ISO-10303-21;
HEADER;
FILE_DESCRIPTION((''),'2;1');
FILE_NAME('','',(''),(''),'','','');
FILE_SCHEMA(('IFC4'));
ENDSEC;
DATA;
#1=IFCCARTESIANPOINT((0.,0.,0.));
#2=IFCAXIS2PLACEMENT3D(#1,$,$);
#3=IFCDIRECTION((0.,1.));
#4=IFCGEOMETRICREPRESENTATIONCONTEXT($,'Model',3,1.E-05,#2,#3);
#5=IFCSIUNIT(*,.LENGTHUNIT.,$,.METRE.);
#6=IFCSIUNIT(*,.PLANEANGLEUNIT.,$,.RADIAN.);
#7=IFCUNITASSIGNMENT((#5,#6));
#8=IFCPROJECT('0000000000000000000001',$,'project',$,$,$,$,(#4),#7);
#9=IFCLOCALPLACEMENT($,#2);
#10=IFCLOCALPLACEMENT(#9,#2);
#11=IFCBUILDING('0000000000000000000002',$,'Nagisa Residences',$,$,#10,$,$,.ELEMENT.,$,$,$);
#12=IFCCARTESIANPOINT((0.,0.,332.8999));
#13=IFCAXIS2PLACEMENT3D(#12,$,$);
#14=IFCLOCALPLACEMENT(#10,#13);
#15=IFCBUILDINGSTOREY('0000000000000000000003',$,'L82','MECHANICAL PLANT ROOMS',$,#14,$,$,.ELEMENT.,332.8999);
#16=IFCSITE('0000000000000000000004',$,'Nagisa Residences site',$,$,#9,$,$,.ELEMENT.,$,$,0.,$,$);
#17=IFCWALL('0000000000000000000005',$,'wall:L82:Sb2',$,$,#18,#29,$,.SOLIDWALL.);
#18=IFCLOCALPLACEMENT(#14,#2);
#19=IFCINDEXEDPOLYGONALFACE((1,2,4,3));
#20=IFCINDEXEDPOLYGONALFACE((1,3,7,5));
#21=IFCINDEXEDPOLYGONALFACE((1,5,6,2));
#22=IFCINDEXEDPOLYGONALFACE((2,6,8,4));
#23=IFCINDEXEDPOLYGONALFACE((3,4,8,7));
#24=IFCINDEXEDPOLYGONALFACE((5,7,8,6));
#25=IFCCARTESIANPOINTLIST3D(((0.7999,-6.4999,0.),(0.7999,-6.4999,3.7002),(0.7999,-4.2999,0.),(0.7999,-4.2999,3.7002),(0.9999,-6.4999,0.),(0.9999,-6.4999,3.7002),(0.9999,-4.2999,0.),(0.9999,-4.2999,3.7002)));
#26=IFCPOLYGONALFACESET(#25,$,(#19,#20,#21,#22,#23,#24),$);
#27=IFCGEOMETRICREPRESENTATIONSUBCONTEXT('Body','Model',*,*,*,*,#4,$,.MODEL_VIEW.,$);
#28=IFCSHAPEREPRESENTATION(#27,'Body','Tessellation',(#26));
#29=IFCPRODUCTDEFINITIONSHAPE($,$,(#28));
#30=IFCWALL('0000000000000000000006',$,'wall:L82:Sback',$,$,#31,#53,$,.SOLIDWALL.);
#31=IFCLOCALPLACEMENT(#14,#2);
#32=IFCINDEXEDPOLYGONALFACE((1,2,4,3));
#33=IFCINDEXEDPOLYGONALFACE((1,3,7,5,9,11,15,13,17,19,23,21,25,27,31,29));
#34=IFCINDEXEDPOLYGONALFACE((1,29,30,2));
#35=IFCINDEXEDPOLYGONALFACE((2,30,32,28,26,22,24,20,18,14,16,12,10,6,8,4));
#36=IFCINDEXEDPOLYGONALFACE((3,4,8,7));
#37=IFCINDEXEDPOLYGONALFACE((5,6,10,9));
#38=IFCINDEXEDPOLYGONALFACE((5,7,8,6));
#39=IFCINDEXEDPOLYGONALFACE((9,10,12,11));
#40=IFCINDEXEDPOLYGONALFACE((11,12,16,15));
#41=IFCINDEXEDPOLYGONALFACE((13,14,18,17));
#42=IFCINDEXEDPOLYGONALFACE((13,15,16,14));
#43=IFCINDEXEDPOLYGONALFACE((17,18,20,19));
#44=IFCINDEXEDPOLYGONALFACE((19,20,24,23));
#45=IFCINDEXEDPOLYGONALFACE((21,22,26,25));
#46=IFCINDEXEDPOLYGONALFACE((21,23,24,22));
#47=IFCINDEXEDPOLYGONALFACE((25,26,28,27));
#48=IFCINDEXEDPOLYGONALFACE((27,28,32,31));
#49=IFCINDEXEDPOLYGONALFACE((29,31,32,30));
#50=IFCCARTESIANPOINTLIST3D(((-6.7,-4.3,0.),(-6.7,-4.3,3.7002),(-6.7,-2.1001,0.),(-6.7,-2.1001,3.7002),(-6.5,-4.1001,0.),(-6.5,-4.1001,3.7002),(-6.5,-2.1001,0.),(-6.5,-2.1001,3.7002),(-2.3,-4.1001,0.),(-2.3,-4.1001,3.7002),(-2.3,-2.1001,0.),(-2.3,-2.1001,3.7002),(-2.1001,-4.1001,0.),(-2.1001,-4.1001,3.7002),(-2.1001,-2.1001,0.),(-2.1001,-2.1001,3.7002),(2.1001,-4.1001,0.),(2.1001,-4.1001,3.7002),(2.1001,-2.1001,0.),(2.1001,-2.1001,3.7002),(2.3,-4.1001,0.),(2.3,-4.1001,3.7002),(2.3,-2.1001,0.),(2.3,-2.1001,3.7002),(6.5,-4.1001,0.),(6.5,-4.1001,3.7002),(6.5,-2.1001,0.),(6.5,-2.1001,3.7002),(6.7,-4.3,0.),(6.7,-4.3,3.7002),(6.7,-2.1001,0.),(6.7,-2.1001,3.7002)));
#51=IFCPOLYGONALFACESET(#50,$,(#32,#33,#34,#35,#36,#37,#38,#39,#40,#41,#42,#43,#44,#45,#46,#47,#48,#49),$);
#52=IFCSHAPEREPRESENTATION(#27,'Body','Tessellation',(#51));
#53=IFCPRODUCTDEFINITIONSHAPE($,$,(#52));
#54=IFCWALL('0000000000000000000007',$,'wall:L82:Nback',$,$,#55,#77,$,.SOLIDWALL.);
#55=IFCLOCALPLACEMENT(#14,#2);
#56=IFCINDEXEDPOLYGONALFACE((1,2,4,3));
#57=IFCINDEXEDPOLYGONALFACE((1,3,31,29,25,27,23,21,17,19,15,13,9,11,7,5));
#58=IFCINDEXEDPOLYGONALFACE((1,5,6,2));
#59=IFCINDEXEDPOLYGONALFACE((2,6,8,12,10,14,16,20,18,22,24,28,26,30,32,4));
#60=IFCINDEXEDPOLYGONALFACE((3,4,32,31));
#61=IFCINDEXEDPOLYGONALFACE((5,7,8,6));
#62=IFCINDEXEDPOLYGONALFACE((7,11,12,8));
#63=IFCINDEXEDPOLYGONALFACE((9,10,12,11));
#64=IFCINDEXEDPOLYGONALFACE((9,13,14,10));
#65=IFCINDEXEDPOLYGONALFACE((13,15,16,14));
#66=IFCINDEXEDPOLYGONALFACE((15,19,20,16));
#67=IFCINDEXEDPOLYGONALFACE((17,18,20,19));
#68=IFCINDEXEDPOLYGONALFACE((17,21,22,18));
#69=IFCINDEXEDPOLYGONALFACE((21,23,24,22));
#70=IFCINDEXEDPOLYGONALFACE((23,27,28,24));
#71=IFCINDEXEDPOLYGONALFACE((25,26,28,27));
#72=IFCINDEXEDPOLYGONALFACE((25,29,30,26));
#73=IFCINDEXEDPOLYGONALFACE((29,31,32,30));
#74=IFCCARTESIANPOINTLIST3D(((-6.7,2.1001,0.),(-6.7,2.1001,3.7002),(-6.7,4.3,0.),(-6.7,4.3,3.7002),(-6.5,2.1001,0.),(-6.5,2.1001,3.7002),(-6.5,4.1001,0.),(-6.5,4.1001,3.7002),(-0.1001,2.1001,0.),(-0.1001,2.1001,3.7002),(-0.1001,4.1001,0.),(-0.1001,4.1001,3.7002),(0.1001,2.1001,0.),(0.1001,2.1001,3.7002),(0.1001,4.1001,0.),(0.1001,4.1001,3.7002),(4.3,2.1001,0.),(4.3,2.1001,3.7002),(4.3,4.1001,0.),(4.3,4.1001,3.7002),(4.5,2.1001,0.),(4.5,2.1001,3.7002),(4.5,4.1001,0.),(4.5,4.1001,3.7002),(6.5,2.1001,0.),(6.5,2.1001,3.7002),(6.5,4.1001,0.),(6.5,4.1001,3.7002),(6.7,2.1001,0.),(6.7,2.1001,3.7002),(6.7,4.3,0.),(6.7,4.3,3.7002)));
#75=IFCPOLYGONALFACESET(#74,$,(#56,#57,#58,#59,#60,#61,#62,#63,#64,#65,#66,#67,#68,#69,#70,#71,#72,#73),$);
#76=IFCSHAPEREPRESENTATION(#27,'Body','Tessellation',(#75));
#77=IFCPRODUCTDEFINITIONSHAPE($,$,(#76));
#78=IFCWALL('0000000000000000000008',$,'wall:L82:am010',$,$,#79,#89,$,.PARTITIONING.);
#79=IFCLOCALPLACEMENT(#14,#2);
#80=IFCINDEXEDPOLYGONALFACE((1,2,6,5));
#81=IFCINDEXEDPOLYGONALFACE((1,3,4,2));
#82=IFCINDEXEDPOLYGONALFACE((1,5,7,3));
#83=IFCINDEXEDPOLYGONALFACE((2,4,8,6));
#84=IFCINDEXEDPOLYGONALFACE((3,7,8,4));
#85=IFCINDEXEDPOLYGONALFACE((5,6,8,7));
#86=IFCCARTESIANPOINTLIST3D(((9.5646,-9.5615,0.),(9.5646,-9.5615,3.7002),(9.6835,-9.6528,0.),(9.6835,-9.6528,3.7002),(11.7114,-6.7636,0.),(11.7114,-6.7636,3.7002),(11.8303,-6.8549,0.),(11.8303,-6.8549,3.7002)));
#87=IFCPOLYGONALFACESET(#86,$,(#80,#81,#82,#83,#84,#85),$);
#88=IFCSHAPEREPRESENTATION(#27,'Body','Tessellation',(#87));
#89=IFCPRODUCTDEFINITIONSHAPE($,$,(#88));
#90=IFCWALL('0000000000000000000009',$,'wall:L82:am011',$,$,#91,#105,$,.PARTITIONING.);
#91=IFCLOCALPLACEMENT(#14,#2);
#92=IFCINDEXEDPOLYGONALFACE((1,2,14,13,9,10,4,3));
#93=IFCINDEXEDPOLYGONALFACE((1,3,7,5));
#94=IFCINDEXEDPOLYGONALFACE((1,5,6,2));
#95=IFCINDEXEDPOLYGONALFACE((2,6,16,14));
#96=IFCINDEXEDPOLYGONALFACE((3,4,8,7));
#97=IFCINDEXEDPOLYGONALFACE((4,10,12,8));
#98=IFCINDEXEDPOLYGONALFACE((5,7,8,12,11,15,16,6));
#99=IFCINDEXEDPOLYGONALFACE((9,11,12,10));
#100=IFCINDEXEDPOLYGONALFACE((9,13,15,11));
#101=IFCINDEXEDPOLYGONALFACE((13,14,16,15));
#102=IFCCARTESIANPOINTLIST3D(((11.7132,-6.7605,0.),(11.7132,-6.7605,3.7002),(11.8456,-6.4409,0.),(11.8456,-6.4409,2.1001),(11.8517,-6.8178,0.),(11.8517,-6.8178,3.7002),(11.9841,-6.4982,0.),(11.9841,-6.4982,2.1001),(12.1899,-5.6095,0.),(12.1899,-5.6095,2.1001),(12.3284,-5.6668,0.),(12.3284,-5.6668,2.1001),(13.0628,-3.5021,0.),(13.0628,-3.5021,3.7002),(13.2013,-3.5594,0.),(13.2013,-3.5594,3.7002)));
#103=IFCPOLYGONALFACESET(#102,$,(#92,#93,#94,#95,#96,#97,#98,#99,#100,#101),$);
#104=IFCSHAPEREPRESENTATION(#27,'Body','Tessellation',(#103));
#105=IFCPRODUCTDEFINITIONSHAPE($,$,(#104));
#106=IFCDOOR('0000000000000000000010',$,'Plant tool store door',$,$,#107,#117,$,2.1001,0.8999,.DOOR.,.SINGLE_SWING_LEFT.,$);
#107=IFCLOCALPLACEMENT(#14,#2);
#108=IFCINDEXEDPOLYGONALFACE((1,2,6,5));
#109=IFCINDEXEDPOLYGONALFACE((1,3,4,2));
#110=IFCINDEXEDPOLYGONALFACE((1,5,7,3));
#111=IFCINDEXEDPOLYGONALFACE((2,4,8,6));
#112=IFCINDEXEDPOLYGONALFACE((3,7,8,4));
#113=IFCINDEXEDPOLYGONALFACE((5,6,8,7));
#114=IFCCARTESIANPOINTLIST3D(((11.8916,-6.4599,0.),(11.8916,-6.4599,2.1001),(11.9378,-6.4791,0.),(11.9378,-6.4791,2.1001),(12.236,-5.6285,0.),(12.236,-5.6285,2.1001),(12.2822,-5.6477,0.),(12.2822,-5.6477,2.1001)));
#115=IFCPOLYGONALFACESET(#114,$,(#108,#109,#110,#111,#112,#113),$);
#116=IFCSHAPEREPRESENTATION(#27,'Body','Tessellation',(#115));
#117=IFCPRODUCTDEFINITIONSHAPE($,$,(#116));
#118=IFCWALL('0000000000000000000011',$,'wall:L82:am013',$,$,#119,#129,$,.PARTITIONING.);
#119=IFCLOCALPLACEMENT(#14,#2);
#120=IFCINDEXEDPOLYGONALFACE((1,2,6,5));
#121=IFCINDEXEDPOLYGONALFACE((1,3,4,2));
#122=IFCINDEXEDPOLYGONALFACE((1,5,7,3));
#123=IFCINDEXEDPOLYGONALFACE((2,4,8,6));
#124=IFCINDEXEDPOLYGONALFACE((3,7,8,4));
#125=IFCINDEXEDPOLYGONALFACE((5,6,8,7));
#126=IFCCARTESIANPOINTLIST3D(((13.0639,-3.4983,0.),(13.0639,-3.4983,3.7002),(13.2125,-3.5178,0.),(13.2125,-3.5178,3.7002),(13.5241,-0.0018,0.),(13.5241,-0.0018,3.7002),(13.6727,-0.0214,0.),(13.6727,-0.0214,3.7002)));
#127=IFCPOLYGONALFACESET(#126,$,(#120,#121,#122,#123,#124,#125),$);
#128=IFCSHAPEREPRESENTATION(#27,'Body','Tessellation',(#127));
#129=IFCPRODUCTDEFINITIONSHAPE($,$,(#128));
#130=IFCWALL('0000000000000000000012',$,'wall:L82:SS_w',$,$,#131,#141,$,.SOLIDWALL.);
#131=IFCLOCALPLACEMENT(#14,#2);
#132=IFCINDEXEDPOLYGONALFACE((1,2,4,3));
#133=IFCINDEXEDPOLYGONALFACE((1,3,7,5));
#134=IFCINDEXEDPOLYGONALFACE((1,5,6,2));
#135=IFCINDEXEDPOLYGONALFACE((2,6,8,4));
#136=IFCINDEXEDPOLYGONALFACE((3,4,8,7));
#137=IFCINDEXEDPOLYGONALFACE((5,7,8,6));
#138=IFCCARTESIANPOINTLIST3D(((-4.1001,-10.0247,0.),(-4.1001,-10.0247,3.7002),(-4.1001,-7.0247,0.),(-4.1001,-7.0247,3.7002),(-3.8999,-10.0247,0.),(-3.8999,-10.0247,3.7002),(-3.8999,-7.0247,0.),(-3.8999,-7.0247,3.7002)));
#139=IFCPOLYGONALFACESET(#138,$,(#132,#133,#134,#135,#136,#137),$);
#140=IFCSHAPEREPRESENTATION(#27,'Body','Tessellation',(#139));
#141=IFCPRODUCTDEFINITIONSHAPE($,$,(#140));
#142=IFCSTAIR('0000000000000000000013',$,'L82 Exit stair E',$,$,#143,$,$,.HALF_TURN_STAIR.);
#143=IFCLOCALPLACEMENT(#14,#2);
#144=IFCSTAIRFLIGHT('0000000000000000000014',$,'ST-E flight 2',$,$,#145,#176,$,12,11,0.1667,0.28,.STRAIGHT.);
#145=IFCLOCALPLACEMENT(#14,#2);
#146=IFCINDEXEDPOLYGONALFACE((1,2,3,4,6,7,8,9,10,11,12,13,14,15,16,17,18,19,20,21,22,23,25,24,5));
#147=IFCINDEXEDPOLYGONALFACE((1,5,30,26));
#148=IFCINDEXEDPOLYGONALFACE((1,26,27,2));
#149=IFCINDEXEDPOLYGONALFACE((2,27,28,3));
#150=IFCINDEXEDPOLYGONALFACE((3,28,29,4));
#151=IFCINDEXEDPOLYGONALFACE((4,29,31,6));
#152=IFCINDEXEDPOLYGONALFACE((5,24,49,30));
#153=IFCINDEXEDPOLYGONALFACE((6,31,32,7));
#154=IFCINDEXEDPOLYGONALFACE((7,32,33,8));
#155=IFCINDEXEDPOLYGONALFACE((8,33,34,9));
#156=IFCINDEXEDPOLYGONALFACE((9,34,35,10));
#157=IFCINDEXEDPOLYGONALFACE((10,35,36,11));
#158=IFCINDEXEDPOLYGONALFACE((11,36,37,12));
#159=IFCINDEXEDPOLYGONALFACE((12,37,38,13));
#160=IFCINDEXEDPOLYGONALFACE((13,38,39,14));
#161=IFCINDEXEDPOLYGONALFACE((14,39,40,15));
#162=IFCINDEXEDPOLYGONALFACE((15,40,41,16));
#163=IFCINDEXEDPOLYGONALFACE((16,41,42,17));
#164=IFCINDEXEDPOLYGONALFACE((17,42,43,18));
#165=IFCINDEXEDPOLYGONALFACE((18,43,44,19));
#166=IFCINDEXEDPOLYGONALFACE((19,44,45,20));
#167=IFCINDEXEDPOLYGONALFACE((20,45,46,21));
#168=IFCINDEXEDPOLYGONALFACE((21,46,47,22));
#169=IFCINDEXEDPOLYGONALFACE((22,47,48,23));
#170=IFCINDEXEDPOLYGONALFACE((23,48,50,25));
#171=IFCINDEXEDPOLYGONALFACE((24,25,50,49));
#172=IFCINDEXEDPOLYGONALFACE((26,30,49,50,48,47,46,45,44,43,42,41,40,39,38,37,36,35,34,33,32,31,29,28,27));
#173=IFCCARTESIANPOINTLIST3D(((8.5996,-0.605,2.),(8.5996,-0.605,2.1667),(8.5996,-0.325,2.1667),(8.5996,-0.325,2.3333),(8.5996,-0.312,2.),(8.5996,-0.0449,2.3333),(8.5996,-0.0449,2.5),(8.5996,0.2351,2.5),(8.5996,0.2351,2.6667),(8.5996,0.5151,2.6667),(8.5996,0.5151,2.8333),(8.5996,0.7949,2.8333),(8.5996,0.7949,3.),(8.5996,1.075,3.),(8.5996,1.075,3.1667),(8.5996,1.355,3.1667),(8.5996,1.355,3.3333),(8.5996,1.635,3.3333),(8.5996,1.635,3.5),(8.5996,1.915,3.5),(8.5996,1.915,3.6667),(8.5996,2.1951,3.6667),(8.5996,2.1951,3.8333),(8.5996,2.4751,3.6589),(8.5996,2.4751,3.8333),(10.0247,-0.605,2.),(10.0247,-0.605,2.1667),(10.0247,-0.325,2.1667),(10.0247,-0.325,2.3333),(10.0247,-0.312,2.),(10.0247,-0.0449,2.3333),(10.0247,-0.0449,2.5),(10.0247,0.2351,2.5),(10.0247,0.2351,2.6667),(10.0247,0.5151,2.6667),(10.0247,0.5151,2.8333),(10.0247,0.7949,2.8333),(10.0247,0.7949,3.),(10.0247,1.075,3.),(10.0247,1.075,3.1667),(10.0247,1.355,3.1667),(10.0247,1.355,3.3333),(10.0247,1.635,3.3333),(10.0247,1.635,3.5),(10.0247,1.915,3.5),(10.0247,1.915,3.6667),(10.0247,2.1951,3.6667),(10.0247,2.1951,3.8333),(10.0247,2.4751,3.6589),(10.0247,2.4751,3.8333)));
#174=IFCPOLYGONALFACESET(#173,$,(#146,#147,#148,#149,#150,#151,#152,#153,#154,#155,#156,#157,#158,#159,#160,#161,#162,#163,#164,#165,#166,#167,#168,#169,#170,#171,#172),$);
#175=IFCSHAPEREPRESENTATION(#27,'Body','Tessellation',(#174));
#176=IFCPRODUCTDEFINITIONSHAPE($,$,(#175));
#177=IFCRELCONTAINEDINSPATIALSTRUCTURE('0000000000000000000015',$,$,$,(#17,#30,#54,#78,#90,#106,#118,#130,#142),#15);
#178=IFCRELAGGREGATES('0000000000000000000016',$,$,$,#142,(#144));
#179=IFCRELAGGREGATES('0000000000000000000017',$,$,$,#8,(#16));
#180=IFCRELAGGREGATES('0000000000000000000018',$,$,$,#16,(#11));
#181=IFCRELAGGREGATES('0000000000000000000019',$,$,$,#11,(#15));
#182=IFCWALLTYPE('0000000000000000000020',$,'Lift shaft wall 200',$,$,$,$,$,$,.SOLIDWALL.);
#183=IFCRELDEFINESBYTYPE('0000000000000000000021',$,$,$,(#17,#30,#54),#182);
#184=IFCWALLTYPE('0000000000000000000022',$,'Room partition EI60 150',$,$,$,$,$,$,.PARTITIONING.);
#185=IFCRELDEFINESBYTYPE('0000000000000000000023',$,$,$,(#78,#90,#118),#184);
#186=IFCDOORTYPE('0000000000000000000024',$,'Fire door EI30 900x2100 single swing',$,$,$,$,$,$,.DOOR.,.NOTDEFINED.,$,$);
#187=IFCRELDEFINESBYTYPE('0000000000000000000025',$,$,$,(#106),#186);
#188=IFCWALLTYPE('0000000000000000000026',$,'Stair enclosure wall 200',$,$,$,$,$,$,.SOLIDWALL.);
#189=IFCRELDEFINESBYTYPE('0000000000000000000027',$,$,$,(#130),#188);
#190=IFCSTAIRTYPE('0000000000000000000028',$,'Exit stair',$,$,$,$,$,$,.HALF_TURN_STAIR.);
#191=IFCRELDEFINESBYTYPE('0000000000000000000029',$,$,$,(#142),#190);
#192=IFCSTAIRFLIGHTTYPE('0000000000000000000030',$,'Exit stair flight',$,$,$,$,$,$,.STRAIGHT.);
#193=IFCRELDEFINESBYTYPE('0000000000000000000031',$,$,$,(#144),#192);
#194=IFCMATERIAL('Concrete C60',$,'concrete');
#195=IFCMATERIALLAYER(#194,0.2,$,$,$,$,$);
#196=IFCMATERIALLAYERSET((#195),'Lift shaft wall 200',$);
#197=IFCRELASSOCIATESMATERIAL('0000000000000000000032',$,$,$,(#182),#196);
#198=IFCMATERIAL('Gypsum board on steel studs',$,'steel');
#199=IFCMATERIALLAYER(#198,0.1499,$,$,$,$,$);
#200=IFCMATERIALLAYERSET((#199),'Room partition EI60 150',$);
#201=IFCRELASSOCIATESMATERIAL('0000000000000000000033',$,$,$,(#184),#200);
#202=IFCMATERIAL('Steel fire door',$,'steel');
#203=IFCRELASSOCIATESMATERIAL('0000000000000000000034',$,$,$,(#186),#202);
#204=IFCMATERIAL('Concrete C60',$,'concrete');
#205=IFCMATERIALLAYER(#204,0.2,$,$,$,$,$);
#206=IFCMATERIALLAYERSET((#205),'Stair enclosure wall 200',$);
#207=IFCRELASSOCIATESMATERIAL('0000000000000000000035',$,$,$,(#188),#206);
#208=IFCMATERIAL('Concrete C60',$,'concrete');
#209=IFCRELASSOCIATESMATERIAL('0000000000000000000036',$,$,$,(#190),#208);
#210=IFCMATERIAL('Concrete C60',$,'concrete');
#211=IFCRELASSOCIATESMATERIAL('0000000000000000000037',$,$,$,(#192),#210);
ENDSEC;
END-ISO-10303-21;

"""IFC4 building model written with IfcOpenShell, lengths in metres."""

from ifc_helpers import new_model, si_unit, direction, frame, frame_2d, origin, place, context, subcontext, project, spatial, polyline, rectangle, outline, extrude, material, layer, layer_set, type_object, element, fill, aggregate, save


model = new_model("IFC4")

# Units and contexts
model_context = context("Model", 3, precision=1e-05, world=origin(), true_north=direction((0.0, 1.0)))
body_context = subcontext(model_context, "Body", "Model", "MODEL_VIEW")
ifc_project = project(units=[si_unit("LENGTHUNIT", "METRE"), si_unit("PLANEANGLEUNIT", "RADIAN")], contexts=[model_context])

# Site, building, storey
site_placement = place(None, origin())
site = spatial("IfcSite", under=ifc_project, at=site_placement, Name="Nagisa Residences site", CompositionType="ELEMENT", RefElevation=0.0)
building_placement = place(site_placement, origin())
building = spatial("IfcBuilding", under=site, at=building_placement, Name="Nagisa Residences", CompositionType="ELEMENT")
storey_placement = place(building_placement, frame((0.0, 0.0, 332.8999)))
storey = spatial("IfcBuildingStorey", under=building, at=storey_placement, Name="L82", Description="MECHANICAL PLANT ROOMS", CompositionType="ELEMENT", Elevation=332.8999)

# Shared definitions
ifc_material_1 = material(Name="Concrete C60", Category="concrete")
ifc_layer_1 = layer(ifc_material_1, 0.2)
ifc_layer_set_1 = layer_set([ifc_layer_1], Name="Lift shaft wall 200")
wall_type_1 = type_object("IfcWallType", Name="Lift shaft wall 200", PredefinedType="SOLIDWALL", material=ifc_layer_set_1)

# Walls
wall_1_placement = place(storey_placement, frame((0.8999, -6.5, 0.0), z_axis=(0.0, 0.0, 1.0), x_axis=(0.0, 1.0, 0.0)))
element("IfcWall", 1, at=wall_1_placement, inside=storey, type_object=wall_type_1, Name="wall:L82:Sb2", PredefinedType="SOLIDWALL", context=body_context, shape_type="SweptSolid", body=[
    extrude(rectangle(XDim=2.2, YDim=0.2, at=frame_2d((1.1001, 0.0))), origin(), (0.0, 0.0, 1.0), 3.7002),
])
wall_2_placement = place(storey_placement, origin())
element("IfcWall", 2, at=wall_2_placement, inside=storey, type_object=wall_type_1, Name="wall:L82:Sback", PredefinedType="SOLIDWALL", context=body_context, shape_type="SweptSolid", body=[
    extrude(outline(polyline([(-6.7, -2.1001), (-6.5, -2.1001), (-6.5, -4.1001), (-2.3, -4.1001), (-2.3, -2.1001), (-2.1001, -2.1001), (-2.1001, -4.1001), (2.1001, -4.1001), (2.1001, -2.1001), (2.3, -2.1001), (2.3, -4.1001), (6.5, -4.1001), (6.5, -2.1001), (6.7, -2.1001), (6.7, -4.3), (-6.7, -4.3), (-6.7, -2.1001)])), origin(), (0.0, 0.0, 1.0), 3.7002),
])
wall_3_placement = place(storey_placement, origin())
element("IfcWall", 3, at=wall_3_placement, inside=storey, type_object=wall_type_1, Name="wall:L82:Nback", PredefinedType="SOLIDWALL", context=body_context, shape_type="SweptSolid", body=[
    extrude(outline(polyline([(-6.7, 4.3), (6.7, 4.3), (6.7, 2.1001), (6.5, 2.1001), (6.5, 4.1001), (4.5, 4.1001), (4.5, 2.1001), (4.3, 2.1001), (4.3, 4.1001), (0.1001, 4.1001), (0.1001, 2.1001), (-0.1001, 2.1001), (-0.1001, 4.1001), (-6.5, 4.1001), (-6.5, 2.1001), (-6.7, 2.1001), (-6.7, 4.3)])), origin(), (0.0, 0.0, 1.0), 3.7002),
])
ifc_material_2 = material(Name="Gypsum board on steel studs", Category="steel")
ifc_layer_2 = layer(ifc_material_2, 0.1499)
ifc_layer_set_2 = layer_set([ifc_layer_2], Name="Room partition EI60 150")
wall_type_2 = type_object("IfcWallType", Name="Room partition EI60 150", PredefinedType="PARTITIONING", material=ifc_layer_set_2)
wall_4_placement = place(storey_placement, frame((11.7708, -6.8093, 0.0), z_axis=(0.0, 0.0, 1.0), x_axis=(-0.608737, -0.793372, 0.0)))
element("IfcWall", 4, at=wall_4_placement, inside=storey, type_object=wall_type_2, Name="wall:L82:am010", PredefinedType="PARTITIONING", context=body_context, shape_type="SweptSolid", body=[
    extrude(rectangle(XDim=3.5266, YDim=0.1499, at=frame_2d((1.7632, 0.0))), origin(), (0.0, 0.0, 1.0), 3.7002),
])

# Wall, opening, door
wall_5_placement = place(storey_placement, frame((13.1321, -3.5308, 0.0), z_axis=(0.0, 0.0, 1.0), x_axis=(-0.382678, -0.923882, 0.0)))
wall_5 = element("IfcWall", 5, at=wall_5_placement, inside=storey, type_object=wall_type_2, Name="wall:L82:am011", PredefinedType="PARTITIONING", context=body_context, shape_type="SweptSolid", body=[
    extrude(rectangle(XDim=3.5269, YDim=0.1499, at=frame_2d((1.7634, 0.0))), origin(), (0.0, 0.0, 1.0), 3.7002),
])
opening_1_placement = place(wall_5_placement, frame((2.281, 0.0, 0.0)))
opening_1 = element("IfcOpeningElement", 6, at=opening_1_placement, cuts=wall_5, PredefinedType="OPENING", context=body_context, shape_type="SweptSolid", body=[
    extrude(rectangle(XDim=0.8999, YDim=2.1001, at=frame_2d((0.45, 1.05))), frame((0.0, 0.085, 0.0), z_axis=(0.0, -1.0, 0.0), x_axis=(1.0, 0.0, 0.0)), (0.0, 0.0, 1.0), 0.1699),
])
ifc_material_3 = material(Name="Steel fire door", Category="steel")
door_type_1 = type_object("IfcDoorType", Name="Fire door EI30 900x2100 single swing", OperationType="NOTDEFINED", PredefinedType="DOOR", material=ifc_material_3)
door_1_placement = place(opening_1_placement, origin())
door_1 = element("IfcDoor", 7, at=door_1_placement, inside=storey, type_object=door_type_1, Name="Plant tool store door", OperationType="SINGLE_SWING_LEFT", OverallHeight=2.1001, OverallWidth=0.8999, PredefinedType="DOOR", context=body_context, shape_type="SweptSolid", body=[
    extrude(rectangle(XDim=0.8999, YDim=2.1001, at=frame_2d((0.45, 1.05))), frame((0.0, 0.0249, 0.0), z_axis=(0.0, -1.0, 0.0), x_axis=(1.0, 0.0, 0.0)), (0.0, 0.0, 1.0), 0.05),
])
fill(opening_1, door_1)

# Walls
wall_6_placement = place(storey_placement, frame((13.5984, -0.0117, 0.0), z_axis=(0.0, 0.0, 1.0), x_axis=(-0.130499, -0.991448, 0.0)))
element("IfcWall", 8, at=wall_6_placement, inside=storey, type_object=wall_type_2, Name="wall:L82:am013", PredefinedType="PARTITIONING", context=body_context, shape_type="SweptSolid", body=[
    extrude(rectangle(XDim=3.5266, YDim=0.1499, at=frame_2d((1.7632, 0.0))), origin(), (0.0, 0.0, 1.0), 3.7002),
])
ifc_material_4 = material(Name="Concrete C60", Category="concrete")
ifc_layer_3 = layer(ifc_material_4, 0.2)
ifc_layer_set_3 = layer_set([ifc_layer_3], Name="Stair enclosure wall 200")
wall_type_3 = type_object("IfcWallType", Name="Stair enclosure wall 200", PredefinedType="SOLIDWALL", material=ifc_layer_set_3)
wall_7_placement = place(storey_placement, origin())
element("IfcWall", 9, at=wall_7_placement, inside=storey, type_object=wall_type_3, Name="wall:L82:SS_w", PredefinedType="SOLIDWALL", context=body_context, shape_type="SweptSolid", body=[
    extrude(outline(polyline([(-3.8999, -10.0247), (-4.1001, -10.0247), (-4.1001, -7.0247), (-3.8999, -7.0247), (-3.8999, -10.0247)])), origin(), (0.0, 0.0, 1.0), 3.7002),
])

# Stair, stair flight
ifc_material_5 = material(Name="Concrete C60", Category="concrete")
stair_type = type_object("IfcStairType", Name="Exit stair", PredefinedType="HALF_TURN_STAIR", material=ifc_material_5)
stair_1_placement = place(storey_placement, origin())
stair_1 = element("IfcStair", 10, at=stair_1_placement, inside=storey, type_object=stair_type, Name="L82 Exit stair E", PredefinedType="HALF_TURN_STAIR")
ifc_material_6 = material(Name="Concrete C60", Category="concrete")
stair_flight_type = type_object("IfcStairFlightType", Name="Exit stair flight", PredefinedType="STRAIGHT", material=ifc_material_6)
stair_flight_1_placement = place(storey_placement, frame((9.312, -0.605, 2.0), z_axis=(0.0, 0.0, 1.0), x_axis=(0.0, 1.0, 0.0)))
stair_flight_1 = element("IfcStairFlight", 11, at=stair_flight_1_placement, type_object=stair_flight_type, Name="ST-E flight 2", NumberOfRisers=12, NumberOfTreads=11, PredefinedType="STRAIGHT", RiserHeight=0.1667, TreadLength=0.28, context=body_context, shape_type="SweptSolid", body=[
    extrude(outline(polyline([(0.0, 0.0), (0.0, 0.1667), (0.28, 0.1667), (0.28, 0.3333), (0.5601, 0.3333), (0.5601, 0.5), (0.8401, 0.5), (0.8401, 0.6667), (1.1201, 0.6667), (1.1201, 0.8333), (1.3999, 0.8333), (1.3999, 1.0), (1.6799, 1.0), (1.6799, 1.1667), (1.96, 1.1667), (1.96, 1.3333), (2.24, 1.3333), (2.24, 1.5), (2.52, 1.5), (2.52, 1.6667), (2.8, 1.6667), (2.8, 1.8333), (3.0801, 1.8333), (3.0801, 2.0), (3.0801, 1.6589), (0.293, 0.0), (0.0, 0.0)])), frame((0.0, 0.7124, 0.0), z_axis=(0.0, -1.0, 0.0), x_axis=(1.0, 0.0, 0.0)), (0.0, 0.0, 1.0), 1.425),
])
aggregate(stair_1, [stair_flight_1])

save(model, "model.ifc")
